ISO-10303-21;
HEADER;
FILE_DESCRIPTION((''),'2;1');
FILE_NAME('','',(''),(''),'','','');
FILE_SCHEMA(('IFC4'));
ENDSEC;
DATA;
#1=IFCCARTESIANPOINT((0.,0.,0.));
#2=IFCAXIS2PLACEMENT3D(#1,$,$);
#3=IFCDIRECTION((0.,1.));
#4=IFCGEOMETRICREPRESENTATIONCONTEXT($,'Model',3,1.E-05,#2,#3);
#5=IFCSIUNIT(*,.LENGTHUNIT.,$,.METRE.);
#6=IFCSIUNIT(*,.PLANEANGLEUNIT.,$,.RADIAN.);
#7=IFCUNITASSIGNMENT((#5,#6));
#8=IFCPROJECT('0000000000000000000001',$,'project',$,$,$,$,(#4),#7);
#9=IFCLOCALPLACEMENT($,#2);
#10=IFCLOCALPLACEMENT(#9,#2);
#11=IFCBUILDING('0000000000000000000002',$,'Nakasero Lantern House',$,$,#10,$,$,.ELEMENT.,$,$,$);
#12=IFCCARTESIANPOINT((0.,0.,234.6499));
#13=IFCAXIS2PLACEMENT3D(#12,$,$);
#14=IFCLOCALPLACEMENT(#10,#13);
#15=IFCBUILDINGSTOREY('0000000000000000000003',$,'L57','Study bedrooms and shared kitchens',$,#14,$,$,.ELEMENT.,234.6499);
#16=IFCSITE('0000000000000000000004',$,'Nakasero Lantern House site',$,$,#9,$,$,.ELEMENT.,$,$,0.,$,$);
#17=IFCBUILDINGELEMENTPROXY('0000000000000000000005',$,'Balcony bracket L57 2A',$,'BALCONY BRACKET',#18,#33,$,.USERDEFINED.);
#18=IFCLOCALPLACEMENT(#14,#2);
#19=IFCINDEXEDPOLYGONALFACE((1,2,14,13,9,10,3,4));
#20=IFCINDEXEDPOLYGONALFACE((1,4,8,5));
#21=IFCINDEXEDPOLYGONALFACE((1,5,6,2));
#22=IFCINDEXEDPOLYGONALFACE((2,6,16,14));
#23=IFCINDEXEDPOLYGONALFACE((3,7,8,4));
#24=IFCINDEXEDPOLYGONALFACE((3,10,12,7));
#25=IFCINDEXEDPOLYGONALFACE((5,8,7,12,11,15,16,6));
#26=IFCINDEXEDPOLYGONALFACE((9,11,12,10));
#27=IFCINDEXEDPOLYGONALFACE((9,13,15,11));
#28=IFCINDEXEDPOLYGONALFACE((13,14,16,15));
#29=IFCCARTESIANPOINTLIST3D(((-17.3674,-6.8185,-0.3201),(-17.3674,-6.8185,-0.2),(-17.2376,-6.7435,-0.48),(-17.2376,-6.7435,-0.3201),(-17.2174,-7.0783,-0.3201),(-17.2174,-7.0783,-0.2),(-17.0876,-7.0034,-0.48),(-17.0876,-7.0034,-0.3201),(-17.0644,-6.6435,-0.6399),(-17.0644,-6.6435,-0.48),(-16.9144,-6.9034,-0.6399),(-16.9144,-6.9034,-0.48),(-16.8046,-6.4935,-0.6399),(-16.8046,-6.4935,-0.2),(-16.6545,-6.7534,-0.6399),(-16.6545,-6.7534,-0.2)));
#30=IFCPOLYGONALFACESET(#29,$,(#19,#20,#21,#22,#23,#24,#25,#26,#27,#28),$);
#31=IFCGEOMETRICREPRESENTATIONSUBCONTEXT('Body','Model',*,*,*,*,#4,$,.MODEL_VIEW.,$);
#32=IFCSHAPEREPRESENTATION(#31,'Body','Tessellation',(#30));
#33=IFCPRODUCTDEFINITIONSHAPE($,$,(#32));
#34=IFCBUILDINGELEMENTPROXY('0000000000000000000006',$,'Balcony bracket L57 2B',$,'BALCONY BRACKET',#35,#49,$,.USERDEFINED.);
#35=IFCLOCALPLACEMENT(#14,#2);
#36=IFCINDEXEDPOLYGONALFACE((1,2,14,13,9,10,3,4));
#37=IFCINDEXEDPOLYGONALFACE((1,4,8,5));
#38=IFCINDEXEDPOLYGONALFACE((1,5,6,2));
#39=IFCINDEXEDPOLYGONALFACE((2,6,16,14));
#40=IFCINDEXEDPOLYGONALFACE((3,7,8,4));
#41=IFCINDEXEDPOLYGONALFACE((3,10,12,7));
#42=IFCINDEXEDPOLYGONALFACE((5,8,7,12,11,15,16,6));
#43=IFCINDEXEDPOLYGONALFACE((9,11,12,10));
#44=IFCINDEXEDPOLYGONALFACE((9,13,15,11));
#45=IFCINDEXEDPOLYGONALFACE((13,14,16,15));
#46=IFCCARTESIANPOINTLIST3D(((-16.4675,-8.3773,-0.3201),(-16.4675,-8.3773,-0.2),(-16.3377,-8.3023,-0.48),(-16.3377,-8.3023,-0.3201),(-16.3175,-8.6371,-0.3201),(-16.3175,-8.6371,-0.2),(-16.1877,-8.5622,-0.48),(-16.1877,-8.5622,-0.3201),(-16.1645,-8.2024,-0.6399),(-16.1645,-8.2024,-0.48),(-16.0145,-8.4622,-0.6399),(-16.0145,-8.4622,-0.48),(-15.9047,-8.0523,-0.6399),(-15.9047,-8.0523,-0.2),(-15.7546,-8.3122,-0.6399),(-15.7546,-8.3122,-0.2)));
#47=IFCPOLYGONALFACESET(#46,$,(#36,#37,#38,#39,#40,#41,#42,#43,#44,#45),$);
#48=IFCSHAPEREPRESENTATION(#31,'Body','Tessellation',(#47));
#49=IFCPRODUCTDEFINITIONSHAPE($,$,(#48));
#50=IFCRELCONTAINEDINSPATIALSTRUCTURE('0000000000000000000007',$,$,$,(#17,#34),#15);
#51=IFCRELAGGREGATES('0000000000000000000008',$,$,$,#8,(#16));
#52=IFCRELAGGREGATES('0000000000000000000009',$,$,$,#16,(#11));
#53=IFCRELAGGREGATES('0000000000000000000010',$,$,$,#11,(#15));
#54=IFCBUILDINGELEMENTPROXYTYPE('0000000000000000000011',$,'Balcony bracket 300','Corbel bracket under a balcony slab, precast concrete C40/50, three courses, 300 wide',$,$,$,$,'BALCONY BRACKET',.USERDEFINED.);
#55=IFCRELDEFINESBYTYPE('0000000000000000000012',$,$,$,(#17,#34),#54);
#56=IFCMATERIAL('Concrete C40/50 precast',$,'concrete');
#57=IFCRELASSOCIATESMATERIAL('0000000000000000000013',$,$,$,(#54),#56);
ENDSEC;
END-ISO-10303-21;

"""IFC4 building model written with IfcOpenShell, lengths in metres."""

from ifc_helpers import new_model, si_unit, direction, frame, origin, place, context, subcontext, project, spatial, polyline, outline, extrude, material, type_object, element, save


model = new_model("IFC4")

# Units and contexts
model_context = context("Model", 3, precision=1e-05, world=origin(), true_north=direction((0.0, 1.0)))
body_context = subcontext(model_context, "Body", "Model", "MODEL_VIEW")
ifc_project = project(units=[si_unit("LENGTHUNIT", "METRE"), si_unit("PLANEANGLEUNIT", "RADIAN")], contexts=[model_context])

# Site, building, storey
site_placement = place(None, origin())
site = spatial("IfcSite", under=ifc_project, at=site_placement, Name="Nakasero Lantern House site", CompositionType="ELEMENT", RefElevation=0.0)
building_placement = place(site_placement, origin())
building = spatial("IfcBuilding", under=site, at=building_placement, Name="Nakasero Lantern House", CompositionType="ELEMENT")
storey_placement = place(building_placement, frame((0.0, 0.0, 234.6499)))
storey = spatial("IfcBuildingStorey", under=building, at=storey_placement, Name="L57", Description="Study bedrooms and shared kitchens", CompositionType="ELEMENT", Elevation=234.6499)

# Building element proxies
ifc_material_1 = material(Name="Concrete C40/50 precast", Category="concrete")
building_element_proxy_type = type_object("IfcBuildingElementProxyType", Name="Balcony bracket 300", Description="Corbel bracket under a balcony slab, precast concrete C40/50, three courses, 300 wide", ElementType="BALCONY BRACKET", PredefinedType="USERDEFINED", material=ifc_material_1)
for number, where, z_axis, x_axis, name in (
    (1, (-16.7295, -6.6235, -0.2), (0.0, 0.0, 1.0), (-0.866025, -0.5, 0.0), "Balcony bracket L57 2A"),
    (2, (-15.8296, -8.1824, -0.2), (0.0, 0.0, 1.0), (-0.866025, -0.5, 0.0), "Balcony bracket L57 2B"),
):
    element("IfcBuildingElementProxy", number, at=place(storey_placement, frame(where, z_axis=z_axis, x_axis=x_axis)), inside=storey, type_object=building_element_proxy_type, Name=name, ObjectType="BALCONY BRACKET", PredefinedType="USERDEFINED", context=body_context, shape_type="SweptSolid", body=[
        extrude(outline(polyline([(0.0, 0.0), (0.6499, 0.0), (0.6499, -0.1201), (0.5, -0.1201), (0.5, -0.28), (0.3, -0.28), (0.3, -0.4399), (0.0, -0.4399), (0.0, 0.0)])), frame((0.0, 0.1499, 0.0), z_axis=(0.0, -1.0, 0.0), x_axis=(1.0, 0.0, 0.0)), (0.0, 0.0, 1.0), 0.3),
    ])

save(model, "model.ifc")
